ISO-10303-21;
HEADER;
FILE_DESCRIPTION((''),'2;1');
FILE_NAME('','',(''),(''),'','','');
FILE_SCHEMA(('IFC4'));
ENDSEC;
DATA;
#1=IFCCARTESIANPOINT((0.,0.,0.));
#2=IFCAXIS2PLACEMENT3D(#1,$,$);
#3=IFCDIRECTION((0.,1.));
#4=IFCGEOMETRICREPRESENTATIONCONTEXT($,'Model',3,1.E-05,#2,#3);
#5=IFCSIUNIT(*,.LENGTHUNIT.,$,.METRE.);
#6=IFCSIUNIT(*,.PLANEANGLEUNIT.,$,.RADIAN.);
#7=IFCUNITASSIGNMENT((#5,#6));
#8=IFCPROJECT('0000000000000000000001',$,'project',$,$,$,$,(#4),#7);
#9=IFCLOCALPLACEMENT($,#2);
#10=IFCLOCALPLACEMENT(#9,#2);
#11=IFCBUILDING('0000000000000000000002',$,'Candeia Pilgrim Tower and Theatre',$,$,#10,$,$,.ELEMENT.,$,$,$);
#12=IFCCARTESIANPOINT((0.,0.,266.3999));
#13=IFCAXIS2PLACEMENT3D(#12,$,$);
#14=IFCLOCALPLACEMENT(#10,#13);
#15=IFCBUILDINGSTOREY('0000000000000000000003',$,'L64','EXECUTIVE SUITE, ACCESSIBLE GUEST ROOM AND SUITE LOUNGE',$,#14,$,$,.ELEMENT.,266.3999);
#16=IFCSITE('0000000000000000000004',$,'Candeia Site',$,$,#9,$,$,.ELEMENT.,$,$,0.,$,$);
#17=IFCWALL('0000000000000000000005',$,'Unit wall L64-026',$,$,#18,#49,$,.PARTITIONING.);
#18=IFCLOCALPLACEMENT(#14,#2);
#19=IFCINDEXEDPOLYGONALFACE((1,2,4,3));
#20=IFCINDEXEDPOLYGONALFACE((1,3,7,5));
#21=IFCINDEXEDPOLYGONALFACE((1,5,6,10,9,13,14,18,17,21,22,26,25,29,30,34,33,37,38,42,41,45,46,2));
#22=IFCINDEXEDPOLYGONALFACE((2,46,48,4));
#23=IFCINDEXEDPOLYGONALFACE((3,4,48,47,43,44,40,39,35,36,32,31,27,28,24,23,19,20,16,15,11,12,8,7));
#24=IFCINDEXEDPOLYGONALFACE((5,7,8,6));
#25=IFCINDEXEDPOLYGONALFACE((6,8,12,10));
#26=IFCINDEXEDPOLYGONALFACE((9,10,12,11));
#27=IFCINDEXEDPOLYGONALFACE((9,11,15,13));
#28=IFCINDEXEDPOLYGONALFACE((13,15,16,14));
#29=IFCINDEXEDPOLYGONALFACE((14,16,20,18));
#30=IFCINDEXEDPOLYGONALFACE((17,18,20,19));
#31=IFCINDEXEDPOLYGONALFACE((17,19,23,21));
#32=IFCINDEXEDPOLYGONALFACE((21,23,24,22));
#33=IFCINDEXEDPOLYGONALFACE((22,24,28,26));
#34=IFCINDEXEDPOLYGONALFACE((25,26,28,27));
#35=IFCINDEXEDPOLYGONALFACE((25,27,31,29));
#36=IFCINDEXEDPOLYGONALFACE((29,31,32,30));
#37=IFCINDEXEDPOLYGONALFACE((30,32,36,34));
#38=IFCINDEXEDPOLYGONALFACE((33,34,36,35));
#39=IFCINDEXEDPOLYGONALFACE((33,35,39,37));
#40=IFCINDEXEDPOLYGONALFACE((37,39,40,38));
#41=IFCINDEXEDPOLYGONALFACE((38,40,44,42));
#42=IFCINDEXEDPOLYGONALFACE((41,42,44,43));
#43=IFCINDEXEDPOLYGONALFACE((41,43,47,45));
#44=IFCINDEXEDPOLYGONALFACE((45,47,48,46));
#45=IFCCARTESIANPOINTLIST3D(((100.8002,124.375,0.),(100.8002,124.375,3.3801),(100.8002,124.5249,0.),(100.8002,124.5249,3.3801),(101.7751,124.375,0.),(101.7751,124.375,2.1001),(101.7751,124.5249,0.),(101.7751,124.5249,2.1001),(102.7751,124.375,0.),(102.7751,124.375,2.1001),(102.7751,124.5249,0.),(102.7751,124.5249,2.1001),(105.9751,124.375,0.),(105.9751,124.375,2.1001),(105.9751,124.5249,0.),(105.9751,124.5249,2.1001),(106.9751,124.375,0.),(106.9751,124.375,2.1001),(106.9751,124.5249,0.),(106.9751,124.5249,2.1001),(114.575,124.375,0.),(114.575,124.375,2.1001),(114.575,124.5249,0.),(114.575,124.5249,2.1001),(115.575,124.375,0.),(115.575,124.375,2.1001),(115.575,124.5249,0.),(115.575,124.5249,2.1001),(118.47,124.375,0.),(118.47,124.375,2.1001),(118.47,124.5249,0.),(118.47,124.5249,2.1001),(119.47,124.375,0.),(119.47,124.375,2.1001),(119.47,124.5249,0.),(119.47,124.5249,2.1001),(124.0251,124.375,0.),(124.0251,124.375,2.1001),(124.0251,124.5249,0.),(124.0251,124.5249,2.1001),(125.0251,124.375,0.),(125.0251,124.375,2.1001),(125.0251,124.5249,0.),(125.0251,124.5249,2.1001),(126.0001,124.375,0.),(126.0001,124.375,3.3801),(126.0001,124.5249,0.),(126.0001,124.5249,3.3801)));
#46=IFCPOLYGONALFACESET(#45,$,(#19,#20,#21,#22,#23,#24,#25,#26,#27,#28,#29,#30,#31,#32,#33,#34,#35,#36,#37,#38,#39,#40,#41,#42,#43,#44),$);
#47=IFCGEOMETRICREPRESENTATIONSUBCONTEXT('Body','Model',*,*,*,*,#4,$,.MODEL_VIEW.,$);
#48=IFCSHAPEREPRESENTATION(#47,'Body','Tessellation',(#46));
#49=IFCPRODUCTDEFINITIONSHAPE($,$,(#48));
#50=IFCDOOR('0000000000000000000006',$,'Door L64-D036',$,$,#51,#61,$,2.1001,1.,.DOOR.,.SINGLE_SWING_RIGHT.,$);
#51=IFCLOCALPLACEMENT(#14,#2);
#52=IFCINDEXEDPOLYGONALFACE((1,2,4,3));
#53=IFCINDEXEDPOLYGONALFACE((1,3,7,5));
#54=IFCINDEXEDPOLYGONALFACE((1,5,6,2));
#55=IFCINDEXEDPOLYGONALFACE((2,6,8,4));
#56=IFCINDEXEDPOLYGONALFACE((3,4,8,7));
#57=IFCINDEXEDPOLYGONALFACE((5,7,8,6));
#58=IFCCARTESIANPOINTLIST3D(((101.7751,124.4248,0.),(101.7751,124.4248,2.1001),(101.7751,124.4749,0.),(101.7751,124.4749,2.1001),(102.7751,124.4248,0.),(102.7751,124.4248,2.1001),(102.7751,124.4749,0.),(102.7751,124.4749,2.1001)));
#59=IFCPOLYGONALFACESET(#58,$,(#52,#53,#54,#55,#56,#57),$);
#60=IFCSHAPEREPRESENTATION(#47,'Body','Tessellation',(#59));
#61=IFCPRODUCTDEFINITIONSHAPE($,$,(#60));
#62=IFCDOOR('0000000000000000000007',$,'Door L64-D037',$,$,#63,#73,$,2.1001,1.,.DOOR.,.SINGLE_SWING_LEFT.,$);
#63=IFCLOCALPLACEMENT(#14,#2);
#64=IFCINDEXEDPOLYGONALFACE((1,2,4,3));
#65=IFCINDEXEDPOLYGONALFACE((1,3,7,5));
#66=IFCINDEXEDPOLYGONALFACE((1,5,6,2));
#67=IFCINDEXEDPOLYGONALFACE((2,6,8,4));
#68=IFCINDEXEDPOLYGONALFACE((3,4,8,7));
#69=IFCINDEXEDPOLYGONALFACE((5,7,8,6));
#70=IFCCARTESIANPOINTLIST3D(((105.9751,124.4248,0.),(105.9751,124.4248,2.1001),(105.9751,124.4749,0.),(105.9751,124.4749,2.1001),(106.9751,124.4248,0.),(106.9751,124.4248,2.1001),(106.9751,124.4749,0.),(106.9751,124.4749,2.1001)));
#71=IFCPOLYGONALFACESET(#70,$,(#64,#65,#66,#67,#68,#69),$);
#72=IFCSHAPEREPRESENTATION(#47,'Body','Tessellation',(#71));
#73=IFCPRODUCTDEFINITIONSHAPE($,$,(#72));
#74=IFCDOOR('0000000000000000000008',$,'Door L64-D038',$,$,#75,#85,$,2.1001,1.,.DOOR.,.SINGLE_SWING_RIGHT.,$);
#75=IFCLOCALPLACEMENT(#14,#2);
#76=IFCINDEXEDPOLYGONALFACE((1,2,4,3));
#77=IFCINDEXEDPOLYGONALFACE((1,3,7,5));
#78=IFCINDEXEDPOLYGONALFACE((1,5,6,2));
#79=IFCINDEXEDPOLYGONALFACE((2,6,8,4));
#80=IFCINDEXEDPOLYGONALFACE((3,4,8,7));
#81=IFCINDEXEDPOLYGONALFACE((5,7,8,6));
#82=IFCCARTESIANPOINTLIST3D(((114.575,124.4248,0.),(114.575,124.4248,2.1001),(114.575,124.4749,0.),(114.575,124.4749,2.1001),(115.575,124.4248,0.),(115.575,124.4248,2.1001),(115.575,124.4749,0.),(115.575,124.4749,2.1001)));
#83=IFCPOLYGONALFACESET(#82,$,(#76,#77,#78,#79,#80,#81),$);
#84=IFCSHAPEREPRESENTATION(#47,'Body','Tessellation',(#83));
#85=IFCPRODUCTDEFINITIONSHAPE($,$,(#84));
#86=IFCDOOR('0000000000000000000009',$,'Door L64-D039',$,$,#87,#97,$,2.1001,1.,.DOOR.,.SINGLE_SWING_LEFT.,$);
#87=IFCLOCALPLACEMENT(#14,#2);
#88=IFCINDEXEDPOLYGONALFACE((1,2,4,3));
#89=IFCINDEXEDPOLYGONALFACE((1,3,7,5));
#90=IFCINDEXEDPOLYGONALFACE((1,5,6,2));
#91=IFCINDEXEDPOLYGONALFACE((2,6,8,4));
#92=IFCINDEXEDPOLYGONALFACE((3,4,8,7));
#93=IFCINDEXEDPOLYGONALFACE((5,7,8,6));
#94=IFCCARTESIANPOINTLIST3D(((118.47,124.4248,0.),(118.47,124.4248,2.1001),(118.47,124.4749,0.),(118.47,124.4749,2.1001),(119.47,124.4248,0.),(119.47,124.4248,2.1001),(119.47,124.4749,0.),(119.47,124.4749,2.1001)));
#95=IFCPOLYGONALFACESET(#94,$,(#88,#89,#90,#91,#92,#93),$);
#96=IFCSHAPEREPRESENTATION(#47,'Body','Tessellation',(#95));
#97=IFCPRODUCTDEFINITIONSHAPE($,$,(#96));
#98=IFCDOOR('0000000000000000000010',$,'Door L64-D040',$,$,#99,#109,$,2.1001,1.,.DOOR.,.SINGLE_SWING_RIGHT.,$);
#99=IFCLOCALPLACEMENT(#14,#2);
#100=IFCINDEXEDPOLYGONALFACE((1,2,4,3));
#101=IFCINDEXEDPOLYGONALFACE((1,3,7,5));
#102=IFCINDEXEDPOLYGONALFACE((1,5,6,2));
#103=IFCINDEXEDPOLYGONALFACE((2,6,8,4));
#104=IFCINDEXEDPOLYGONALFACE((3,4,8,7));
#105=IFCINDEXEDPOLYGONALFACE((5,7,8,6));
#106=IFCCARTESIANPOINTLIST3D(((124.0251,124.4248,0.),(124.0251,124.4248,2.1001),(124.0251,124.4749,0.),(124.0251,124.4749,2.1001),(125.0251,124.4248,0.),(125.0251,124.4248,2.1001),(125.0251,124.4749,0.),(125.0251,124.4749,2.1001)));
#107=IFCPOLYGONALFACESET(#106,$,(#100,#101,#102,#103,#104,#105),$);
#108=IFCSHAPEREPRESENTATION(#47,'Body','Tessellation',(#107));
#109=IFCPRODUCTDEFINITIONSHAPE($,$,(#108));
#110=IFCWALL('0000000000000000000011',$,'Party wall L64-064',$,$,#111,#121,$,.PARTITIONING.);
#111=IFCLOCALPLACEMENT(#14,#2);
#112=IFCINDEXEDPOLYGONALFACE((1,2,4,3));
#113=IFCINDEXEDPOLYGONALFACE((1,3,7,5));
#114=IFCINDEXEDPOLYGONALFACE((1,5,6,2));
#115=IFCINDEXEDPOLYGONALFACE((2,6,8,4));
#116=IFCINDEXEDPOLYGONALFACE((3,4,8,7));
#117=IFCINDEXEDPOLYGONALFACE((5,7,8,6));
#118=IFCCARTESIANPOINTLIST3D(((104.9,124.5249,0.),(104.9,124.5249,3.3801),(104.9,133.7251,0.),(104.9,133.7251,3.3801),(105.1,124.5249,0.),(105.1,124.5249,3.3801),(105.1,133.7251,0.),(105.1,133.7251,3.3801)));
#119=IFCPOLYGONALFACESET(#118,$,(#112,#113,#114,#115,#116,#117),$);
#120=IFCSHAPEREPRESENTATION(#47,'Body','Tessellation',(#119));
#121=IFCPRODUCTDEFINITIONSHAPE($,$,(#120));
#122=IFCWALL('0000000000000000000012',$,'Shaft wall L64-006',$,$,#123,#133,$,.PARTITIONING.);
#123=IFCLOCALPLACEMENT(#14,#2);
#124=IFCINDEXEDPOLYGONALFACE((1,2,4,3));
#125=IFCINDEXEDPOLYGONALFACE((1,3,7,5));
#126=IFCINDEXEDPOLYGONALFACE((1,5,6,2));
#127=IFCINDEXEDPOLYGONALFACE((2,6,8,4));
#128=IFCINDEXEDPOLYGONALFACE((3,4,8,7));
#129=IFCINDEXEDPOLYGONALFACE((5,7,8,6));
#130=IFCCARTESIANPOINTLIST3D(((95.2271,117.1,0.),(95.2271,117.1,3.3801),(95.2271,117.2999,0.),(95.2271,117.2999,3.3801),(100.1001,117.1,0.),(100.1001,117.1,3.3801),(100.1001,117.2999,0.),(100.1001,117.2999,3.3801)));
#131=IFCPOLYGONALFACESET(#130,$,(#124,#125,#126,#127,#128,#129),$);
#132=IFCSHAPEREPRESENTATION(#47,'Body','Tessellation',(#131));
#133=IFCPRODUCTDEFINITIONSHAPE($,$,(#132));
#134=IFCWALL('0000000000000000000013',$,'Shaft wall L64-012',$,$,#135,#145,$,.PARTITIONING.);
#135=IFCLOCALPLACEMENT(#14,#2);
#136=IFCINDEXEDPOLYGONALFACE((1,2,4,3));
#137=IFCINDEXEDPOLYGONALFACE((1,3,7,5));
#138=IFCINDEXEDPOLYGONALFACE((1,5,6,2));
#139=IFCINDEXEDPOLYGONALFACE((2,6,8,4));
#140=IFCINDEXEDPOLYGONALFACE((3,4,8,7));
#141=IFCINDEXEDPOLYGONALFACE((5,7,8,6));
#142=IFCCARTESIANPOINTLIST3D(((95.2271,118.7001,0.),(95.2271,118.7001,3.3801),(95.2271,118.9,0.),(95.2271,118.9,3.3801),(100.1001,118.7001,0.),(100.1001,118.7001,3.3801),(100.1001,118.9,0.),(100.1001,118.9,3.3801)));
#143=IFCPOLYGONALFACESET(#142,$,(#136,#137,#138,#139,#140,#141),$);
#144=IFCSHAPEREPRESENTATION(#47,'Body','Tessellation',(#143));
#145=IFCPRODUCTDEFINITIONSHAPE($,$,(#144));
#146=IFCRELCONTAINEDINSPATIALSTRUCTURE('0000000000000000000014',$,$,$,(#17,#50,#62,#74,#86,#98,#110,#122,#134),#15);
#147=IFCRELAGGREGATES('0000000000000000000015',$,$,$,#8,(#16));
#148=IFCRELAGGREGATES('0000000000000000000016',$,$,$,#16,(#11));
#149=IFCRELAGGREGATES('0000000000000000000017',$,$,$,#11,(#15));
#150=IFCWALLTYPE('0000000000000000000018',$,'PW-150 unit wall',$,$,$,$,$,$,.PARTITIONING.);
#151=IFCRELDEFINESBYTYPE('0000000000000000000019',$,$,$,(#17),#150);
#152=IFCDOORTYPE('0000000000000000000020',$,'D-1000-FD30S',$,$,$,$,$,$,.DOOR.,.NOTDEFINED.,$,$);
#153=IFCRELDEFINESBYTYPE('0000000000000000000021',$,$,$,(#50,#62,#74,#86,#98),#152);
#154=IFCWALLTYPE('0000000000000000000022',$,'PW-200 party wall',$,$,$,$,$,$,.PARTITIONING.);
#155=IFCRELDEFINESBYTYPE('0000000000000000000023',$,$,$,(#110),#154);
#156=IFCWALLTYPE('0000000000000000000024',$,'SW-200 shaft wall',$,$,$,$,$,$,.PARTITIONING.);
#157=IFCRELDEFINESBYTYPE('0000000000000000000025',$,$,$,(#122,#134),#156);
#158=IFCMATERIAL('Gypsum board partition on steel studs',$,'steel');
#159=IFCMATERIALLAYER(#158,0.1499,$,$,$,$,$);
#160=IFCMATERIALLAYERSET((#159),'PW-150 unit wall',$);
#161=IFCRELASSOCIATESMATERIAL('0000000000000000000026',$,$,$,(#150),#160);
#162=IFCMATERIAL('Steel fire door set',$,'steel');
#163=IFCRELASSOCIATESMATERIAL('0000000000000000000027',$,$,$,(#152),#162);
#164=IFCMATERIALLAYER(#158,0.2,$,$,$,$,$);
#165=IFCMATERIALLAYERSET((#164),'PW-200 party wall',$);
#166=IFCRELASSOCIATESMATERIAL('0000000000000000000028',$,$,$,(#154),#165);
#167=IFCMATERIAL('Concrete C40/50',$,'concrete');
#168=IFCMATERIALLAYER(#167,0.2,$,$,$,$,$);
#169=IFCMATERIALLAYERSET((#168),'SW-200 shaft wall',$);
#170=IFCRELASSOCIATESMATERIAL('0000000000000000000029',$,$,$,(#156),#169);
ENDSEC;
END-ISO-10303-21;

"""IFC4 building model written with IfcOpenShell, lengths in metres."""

from ifc_helpers import new_model, si_unit, direction, frame, frame_2d, origin, place, context, subcontext, project, spatial, rectangle, extrude, material, layer, layer_set, type_object, element, fill, save


model = new_model("IFC4")

# Units and contexts
model_context = context("Model", 3, precision=1e-05, world=origin(), true_north=direction((0.0, 1.0)))
body_context = subcontext(model_context, "Body", "Model", "MODEL_VIEW")
ifc_project = project(units=[si_unit("LENGTHUNIT", "METRE"), si_unit("PLANEANGLEUNIT", "RADIAN")], contexts=[model_context])

# Site, building, storey
site_placement = place(None, origin())
site = spatial("IfcSite", under=ifc_project, at=site_placement, Name="Candeia Site", CompositionType="ELEMENT", RefElevation=0.0)
building_placement = place(site_placement, origin())
building = spatial("IfcBuilding", under=site, at=building_placement, Name="Candeia Pilgrim Tower and Theatre", CompositionType="ELEMENT")
storey_placement = place(building_placement, frame((0.0, 0.0, 266.3999)))
storey = spatial("IfcBuildingStorey", under=building, at=storey_placement, Name="L64", Description="EXECUTIVE SUITE, ACCESSIBLE GUEST ROOM AND SUITE LOUNGE", CompositionType="ELEMENT", Elevation=266.3999)

# Shared definitions
ifc_material_1 = material(Name="Concrete C40/50", Category="concrete")
ifc_material_2 = material(Name="Gypsum board partition on steel studs", Category="steel")

# Wall, openings, doors
ifc_layer_1 = layer(ifc_material_2, 0.1499)
ifc_layer_set_1 = layer_set([ifc_layer_1], Name="PW-150 unit wall")
wall_type_1 = type_object("IfcWallType", Name="PW-150 unit wall", PredefinedType="PARTITIONING", material=ifc_layer_set_1)
ifc_material_3 = material(Name="Steel fire door set", Category="steel")
door_type_1 = type_object("IfcDoorType", Name="D-1000-FD30S", OperationType="NOTDEFINED", PredefinedType="DOOR", material=ifc_material_3)
wall_1_placement = place(storey_placement, frame((100.8, 124.45, 0.0), z_axis=(0.0, 0.0, 1.0), x_axis=(1.0, 0.0, 0.0)))
wall_1 = element("IfcWall", 1, at=wall_1_placement, inside=storey, type_object=wall_type_1, Name="Unit wall L64-026", PredefinedType="PARTITIONING", context=body_context, shape_type="SweptSolid", body=[
    extrude(rectangle(XDim=25.2, YDim=0.1499, at=frame_2d((12.6001, 0.0))), origin(), (0.0, 0.0, 1.0), 3.3801),
])
opening_1_placement = place(wall_1_placement, frame((0.9751, 0.0, 0.0)))
opening_1 = element("IfcOpeningElement", 2, at=opening_1_placement, cuts=wall_1, PredefinedType="OPENING", context=body_context, shape_type="SweptSolid", body=[
    extrude(rectangle(XDim=1.0, YDim=2.1001, at=frame_2d((0.5, 1.05))), frame((0.0, 0.085, 0.0), z_axis=(0.0, -1.0, 0.0), x_axis=(1.0, 0.0, 0.0)), (0.0, 0.0, 1.0), 0.1699),
])
opening_2_placement = place(wall_1_placement, frame((5.175, 0.0, 0.0)))
opening_2 = element("IfcOpeningElement", 3, at=opening_2_placement, cuts=wall_1, PredefinedType="OPENING", context=body_context, shape_type="SweptSolid", body=[
    extrude(rectangle(XDim=1.0, YDim=2.1001, at=frame_2d((0.5, 1.05))), frame((0.0, 0.085, 0.0), z_axis=(0.0, -1.0, 0.0), x_axis=(1.0, 0.0, 0.0)), (0.0, 0.0, 1.0), 0.1699),
])
opening_3_placement = place(wall_1_placement, frame((13.7749, 0.0, 0.0)))
opening_3 = element("IfcOpeningElement", 4, at=opening_3_placement, cuts=wall_1, PredefinedType="OPENING", context=body_context, shape_type="SweptSolid", body=[
    extrude(rectangle(XDim=1.0, YDim=2.1001, at=frame_2d((0.5, 1.05))), frame((0.0, 0.085, 0.0), z_axis=(0.0, -1.0, 0.0), x_axis=(1.0, 0.0, 0.0)), (0.0, 0.0, 1.0), 0.1699),
])
opening_4_placement = place(wall_1_placement, frame((17.6699, 0.0, 0.0)))
opening_4 = element("IfcOpeningElement", 5, at=opening_4_placement, cuts=wall_1, PredefinedType="OPENING", context=body_context, shape_type="SweptSolid", body=[
    extrude(rectangle(XDim=1.0, YDim=2.1001, at=frame_2d((0.5, 1.05))), frame((0.0, 0.085, 0.0), z_axis=(0.0, -1.0, 0.0), x_axis=(1.0, 0.0, 0.0)), (0.0, 0.0, 1.0), 0.1699),
])
opening_5_placement = place(wall_1_placement, frame((23.2251, 0.0, 0.0)))
opening_5 = element("IfcOpeningElement", 6, at=opening_5_placement, cuts=wall_1, PredefinedType="OPENING", context=body_context, shape_type="SweptSolid", body=[
    extrude(rectangle(XDim=1.0, YDim=2.1001, at=frame_2d((0.5, 1.05))), frame((0.0, 0.085, 0.0), z_axis=(0.0, -1.0, 0.0), x_axis=(1.0, 0.0, 0.0)), (0.0, 0.0, 1.0), 0.1699),
])
door_1_placement = place(opening_1_placement, origin())
door_1 = element("IfcDoor", 7, at=door_1_placement, inside=storey, type_object=door_type_1, Name="Door L64-D036", OperationType="SINGLE_SWING_RIGHT", OverallHeight=2.1001, OverallWidth=1.0, PredefinedType="DOOR", context=body_context, shape_type="SweptSolid", body=[
    extrude(rectangle(XDim=1.0, YDim=2.1001, at=frame_2d((0.5, 1.05))), frame((0.0, 0.0249, 0.0), z_axis=(0.0, -1.0, 0.0), x_axis=(1.0, 0.0, 0.0)), (0.0, 0.0, 1.0), 0.05),
])
fill(opening_1, door_1)
door_2_placement = place(opening_2_placement, origin())
door_2 = element("IfcDoor", 8, at=door_2_placement, inside=storey, type_object=door_type_1, Name="Door L64-D037", OperationType="SINGLE_SWING_LEFT", OverallHeight=2.1001, OverallWidth=1.0, PredefinedType="DOOR", context=body_context, shape_type="SweptSolid", body=[
    extrude(rectangle(XDim=1.0, YDim=2.1001, at=frame_2d((0.5, 1.05))), frame((0.0, 0.0249, 0.0), z_axis=(0.0, -1.0, 0.0), x_axis=(1.0, 0.0, 0.0)), (0.0, 0.0, 1.0), 0.05),
])
fill(opening_2, door_2)
door_3_placement = place(opening_3_placement, origin())
door_3 = element("IfcDoor", 9, at=door_3_placement, inside=storey, type_object=door_type_1, Name="Door L64-D038", OperationType="SINGLE_SWING_RIGHT", OverallHeight=2.1001, OverallWidth=1.0, PredefinedType="DOOR", context=body_context, shape_type="SweptSolid", body=[
    extrude(rectangle(XDim=1.0, YDim=2.1001, at=frame_2d((0.5, 1.05))), frame((0.0, 0.0249, 0.0), z_axis=(0.0, -1.0, 0.0), x_axis=(1.0, 0.0, 0.0)), (0.0, 0.0, 1.0), 0.05),
])
fill(opening_3, door_3)
door_4_placement = place(opening_4_placement, origin())
door_4 = element("IfcDoor", 10, at=door_4_placement, inside=storey, type_object=door_type_1, Name="Door L64-D039", OperationType="SINGLE_SWING_LEFT", OverallHeight=2.1001, OverallWidth=1.0, PredefinedType="DOOR", context=body_context, shape_type="SweptSolid", body=[
    extrude(rectangle(XDim=1.0, YDim=2.1001, at=frame_2d((0.5, 1.05))), frame((0.0, 0.0249, 0.0), z_axis=(0.0, -1.0, 0.0), x_axis=(1.0, 0.0, 0.0)), (0.0, 0.0, 1.0), 0.05),
])
fill(opening_4, door_4)
door_5_placement = place(opening_5_placement, origin())
door_5 = element("IfcDoor", 11, at=door_5_placement, inside=storey, type_object=door_type_1, Name="Door L64-D040", OperationType="SINGLE_SWING_RIGHT", OverallHeight=2.1001, OverallWidth=1.0, PredefinedType="DOOR", context=body_context, shape_type="SweptSolid", body=[
    extrude(rectangle(XDim=1.0, YDim=2.1001, at=frame_2d((0.5, 1.05))), frame((0.0, 0.0249, 0.0), z_axis=(0.0, -1.0, 0.0), x_axis=(1.0, 0.0, 0.0)), (0.0, 0.0, 1.0), 0.05),
])
fill(opening_5, door_5)

# Walls
ifc_layer_2 = layer(ifc_material_2, 0.2)
ifc_layer_set_2 = layer_set([ifc_layer_2], Name="PW-200 party wall")
wall_type_2 = type_object("IfcWallType", Name="PW-200 party wall", PredefinedType="PARTITIONING", material=ifc_layer_set_2)
wall_2_placement = place(storey_placement, frame((105.0, 124.5249, 0.0), z_axis=(0.0, 0.0, 1.0), x_axis=(0.0, 1.0, 0.0)))
element("IfcWall", 12, at=wall_2_placement, inside=storey, type_object=wall_type_2, Name="Party wall L64-064", PredefinedType="PARTITIONING", context=body_context, shape_type="SweptSolid", body=[
    extrude(rectangle(XDim=9.2002, YDim=0.2, at=frame_2d((4.6001, 0.0))), origin(), (0.0, 0.0, 1.0), 3.3801),
])
ifc_layer_3 = layer(ifc_material_1, 0.2)
ifc_layer_set_3 = layer_set([ifc_layer_3], Name="SW-200 shaft wall")
wall_type_3 = type_object("IfcWallType", Name="SW-200 shaft wall", PredefinedType="PARTITIONING", material=ifc_layer_set_3)
for number, where, z_axis, x_axis, name in (
    (13, (95.2271, 117.2, 0.0), (0.0, 0.0, 1.0), (1.0, 0.0, 0.0), "Shaft wall L64-006"),
    (14, (95.2271, 118.8, 0.0), (0.0, 0.0, 1.0), (1.0, 0.0, 0.0), "Shaft wall L64-012"),
):
    element("IfcWall", number, at=place(storey_placement, frame(where, z_axis=z_axis, x_axis=x_axis)), inside=storey, type_object=wall_type_3, Name=name, PredefinedType="PARTITIONING", context=body_context, shape_type="SweptSolid", body=[
        extrude(rectangle(XDim=4.873, YDim=0.2, at=frame_2d((2.4365, 0.0))), origin(), (0.0, 0.0, 1.0), 3.3801),
    ])

save(model, "model.ifc")
